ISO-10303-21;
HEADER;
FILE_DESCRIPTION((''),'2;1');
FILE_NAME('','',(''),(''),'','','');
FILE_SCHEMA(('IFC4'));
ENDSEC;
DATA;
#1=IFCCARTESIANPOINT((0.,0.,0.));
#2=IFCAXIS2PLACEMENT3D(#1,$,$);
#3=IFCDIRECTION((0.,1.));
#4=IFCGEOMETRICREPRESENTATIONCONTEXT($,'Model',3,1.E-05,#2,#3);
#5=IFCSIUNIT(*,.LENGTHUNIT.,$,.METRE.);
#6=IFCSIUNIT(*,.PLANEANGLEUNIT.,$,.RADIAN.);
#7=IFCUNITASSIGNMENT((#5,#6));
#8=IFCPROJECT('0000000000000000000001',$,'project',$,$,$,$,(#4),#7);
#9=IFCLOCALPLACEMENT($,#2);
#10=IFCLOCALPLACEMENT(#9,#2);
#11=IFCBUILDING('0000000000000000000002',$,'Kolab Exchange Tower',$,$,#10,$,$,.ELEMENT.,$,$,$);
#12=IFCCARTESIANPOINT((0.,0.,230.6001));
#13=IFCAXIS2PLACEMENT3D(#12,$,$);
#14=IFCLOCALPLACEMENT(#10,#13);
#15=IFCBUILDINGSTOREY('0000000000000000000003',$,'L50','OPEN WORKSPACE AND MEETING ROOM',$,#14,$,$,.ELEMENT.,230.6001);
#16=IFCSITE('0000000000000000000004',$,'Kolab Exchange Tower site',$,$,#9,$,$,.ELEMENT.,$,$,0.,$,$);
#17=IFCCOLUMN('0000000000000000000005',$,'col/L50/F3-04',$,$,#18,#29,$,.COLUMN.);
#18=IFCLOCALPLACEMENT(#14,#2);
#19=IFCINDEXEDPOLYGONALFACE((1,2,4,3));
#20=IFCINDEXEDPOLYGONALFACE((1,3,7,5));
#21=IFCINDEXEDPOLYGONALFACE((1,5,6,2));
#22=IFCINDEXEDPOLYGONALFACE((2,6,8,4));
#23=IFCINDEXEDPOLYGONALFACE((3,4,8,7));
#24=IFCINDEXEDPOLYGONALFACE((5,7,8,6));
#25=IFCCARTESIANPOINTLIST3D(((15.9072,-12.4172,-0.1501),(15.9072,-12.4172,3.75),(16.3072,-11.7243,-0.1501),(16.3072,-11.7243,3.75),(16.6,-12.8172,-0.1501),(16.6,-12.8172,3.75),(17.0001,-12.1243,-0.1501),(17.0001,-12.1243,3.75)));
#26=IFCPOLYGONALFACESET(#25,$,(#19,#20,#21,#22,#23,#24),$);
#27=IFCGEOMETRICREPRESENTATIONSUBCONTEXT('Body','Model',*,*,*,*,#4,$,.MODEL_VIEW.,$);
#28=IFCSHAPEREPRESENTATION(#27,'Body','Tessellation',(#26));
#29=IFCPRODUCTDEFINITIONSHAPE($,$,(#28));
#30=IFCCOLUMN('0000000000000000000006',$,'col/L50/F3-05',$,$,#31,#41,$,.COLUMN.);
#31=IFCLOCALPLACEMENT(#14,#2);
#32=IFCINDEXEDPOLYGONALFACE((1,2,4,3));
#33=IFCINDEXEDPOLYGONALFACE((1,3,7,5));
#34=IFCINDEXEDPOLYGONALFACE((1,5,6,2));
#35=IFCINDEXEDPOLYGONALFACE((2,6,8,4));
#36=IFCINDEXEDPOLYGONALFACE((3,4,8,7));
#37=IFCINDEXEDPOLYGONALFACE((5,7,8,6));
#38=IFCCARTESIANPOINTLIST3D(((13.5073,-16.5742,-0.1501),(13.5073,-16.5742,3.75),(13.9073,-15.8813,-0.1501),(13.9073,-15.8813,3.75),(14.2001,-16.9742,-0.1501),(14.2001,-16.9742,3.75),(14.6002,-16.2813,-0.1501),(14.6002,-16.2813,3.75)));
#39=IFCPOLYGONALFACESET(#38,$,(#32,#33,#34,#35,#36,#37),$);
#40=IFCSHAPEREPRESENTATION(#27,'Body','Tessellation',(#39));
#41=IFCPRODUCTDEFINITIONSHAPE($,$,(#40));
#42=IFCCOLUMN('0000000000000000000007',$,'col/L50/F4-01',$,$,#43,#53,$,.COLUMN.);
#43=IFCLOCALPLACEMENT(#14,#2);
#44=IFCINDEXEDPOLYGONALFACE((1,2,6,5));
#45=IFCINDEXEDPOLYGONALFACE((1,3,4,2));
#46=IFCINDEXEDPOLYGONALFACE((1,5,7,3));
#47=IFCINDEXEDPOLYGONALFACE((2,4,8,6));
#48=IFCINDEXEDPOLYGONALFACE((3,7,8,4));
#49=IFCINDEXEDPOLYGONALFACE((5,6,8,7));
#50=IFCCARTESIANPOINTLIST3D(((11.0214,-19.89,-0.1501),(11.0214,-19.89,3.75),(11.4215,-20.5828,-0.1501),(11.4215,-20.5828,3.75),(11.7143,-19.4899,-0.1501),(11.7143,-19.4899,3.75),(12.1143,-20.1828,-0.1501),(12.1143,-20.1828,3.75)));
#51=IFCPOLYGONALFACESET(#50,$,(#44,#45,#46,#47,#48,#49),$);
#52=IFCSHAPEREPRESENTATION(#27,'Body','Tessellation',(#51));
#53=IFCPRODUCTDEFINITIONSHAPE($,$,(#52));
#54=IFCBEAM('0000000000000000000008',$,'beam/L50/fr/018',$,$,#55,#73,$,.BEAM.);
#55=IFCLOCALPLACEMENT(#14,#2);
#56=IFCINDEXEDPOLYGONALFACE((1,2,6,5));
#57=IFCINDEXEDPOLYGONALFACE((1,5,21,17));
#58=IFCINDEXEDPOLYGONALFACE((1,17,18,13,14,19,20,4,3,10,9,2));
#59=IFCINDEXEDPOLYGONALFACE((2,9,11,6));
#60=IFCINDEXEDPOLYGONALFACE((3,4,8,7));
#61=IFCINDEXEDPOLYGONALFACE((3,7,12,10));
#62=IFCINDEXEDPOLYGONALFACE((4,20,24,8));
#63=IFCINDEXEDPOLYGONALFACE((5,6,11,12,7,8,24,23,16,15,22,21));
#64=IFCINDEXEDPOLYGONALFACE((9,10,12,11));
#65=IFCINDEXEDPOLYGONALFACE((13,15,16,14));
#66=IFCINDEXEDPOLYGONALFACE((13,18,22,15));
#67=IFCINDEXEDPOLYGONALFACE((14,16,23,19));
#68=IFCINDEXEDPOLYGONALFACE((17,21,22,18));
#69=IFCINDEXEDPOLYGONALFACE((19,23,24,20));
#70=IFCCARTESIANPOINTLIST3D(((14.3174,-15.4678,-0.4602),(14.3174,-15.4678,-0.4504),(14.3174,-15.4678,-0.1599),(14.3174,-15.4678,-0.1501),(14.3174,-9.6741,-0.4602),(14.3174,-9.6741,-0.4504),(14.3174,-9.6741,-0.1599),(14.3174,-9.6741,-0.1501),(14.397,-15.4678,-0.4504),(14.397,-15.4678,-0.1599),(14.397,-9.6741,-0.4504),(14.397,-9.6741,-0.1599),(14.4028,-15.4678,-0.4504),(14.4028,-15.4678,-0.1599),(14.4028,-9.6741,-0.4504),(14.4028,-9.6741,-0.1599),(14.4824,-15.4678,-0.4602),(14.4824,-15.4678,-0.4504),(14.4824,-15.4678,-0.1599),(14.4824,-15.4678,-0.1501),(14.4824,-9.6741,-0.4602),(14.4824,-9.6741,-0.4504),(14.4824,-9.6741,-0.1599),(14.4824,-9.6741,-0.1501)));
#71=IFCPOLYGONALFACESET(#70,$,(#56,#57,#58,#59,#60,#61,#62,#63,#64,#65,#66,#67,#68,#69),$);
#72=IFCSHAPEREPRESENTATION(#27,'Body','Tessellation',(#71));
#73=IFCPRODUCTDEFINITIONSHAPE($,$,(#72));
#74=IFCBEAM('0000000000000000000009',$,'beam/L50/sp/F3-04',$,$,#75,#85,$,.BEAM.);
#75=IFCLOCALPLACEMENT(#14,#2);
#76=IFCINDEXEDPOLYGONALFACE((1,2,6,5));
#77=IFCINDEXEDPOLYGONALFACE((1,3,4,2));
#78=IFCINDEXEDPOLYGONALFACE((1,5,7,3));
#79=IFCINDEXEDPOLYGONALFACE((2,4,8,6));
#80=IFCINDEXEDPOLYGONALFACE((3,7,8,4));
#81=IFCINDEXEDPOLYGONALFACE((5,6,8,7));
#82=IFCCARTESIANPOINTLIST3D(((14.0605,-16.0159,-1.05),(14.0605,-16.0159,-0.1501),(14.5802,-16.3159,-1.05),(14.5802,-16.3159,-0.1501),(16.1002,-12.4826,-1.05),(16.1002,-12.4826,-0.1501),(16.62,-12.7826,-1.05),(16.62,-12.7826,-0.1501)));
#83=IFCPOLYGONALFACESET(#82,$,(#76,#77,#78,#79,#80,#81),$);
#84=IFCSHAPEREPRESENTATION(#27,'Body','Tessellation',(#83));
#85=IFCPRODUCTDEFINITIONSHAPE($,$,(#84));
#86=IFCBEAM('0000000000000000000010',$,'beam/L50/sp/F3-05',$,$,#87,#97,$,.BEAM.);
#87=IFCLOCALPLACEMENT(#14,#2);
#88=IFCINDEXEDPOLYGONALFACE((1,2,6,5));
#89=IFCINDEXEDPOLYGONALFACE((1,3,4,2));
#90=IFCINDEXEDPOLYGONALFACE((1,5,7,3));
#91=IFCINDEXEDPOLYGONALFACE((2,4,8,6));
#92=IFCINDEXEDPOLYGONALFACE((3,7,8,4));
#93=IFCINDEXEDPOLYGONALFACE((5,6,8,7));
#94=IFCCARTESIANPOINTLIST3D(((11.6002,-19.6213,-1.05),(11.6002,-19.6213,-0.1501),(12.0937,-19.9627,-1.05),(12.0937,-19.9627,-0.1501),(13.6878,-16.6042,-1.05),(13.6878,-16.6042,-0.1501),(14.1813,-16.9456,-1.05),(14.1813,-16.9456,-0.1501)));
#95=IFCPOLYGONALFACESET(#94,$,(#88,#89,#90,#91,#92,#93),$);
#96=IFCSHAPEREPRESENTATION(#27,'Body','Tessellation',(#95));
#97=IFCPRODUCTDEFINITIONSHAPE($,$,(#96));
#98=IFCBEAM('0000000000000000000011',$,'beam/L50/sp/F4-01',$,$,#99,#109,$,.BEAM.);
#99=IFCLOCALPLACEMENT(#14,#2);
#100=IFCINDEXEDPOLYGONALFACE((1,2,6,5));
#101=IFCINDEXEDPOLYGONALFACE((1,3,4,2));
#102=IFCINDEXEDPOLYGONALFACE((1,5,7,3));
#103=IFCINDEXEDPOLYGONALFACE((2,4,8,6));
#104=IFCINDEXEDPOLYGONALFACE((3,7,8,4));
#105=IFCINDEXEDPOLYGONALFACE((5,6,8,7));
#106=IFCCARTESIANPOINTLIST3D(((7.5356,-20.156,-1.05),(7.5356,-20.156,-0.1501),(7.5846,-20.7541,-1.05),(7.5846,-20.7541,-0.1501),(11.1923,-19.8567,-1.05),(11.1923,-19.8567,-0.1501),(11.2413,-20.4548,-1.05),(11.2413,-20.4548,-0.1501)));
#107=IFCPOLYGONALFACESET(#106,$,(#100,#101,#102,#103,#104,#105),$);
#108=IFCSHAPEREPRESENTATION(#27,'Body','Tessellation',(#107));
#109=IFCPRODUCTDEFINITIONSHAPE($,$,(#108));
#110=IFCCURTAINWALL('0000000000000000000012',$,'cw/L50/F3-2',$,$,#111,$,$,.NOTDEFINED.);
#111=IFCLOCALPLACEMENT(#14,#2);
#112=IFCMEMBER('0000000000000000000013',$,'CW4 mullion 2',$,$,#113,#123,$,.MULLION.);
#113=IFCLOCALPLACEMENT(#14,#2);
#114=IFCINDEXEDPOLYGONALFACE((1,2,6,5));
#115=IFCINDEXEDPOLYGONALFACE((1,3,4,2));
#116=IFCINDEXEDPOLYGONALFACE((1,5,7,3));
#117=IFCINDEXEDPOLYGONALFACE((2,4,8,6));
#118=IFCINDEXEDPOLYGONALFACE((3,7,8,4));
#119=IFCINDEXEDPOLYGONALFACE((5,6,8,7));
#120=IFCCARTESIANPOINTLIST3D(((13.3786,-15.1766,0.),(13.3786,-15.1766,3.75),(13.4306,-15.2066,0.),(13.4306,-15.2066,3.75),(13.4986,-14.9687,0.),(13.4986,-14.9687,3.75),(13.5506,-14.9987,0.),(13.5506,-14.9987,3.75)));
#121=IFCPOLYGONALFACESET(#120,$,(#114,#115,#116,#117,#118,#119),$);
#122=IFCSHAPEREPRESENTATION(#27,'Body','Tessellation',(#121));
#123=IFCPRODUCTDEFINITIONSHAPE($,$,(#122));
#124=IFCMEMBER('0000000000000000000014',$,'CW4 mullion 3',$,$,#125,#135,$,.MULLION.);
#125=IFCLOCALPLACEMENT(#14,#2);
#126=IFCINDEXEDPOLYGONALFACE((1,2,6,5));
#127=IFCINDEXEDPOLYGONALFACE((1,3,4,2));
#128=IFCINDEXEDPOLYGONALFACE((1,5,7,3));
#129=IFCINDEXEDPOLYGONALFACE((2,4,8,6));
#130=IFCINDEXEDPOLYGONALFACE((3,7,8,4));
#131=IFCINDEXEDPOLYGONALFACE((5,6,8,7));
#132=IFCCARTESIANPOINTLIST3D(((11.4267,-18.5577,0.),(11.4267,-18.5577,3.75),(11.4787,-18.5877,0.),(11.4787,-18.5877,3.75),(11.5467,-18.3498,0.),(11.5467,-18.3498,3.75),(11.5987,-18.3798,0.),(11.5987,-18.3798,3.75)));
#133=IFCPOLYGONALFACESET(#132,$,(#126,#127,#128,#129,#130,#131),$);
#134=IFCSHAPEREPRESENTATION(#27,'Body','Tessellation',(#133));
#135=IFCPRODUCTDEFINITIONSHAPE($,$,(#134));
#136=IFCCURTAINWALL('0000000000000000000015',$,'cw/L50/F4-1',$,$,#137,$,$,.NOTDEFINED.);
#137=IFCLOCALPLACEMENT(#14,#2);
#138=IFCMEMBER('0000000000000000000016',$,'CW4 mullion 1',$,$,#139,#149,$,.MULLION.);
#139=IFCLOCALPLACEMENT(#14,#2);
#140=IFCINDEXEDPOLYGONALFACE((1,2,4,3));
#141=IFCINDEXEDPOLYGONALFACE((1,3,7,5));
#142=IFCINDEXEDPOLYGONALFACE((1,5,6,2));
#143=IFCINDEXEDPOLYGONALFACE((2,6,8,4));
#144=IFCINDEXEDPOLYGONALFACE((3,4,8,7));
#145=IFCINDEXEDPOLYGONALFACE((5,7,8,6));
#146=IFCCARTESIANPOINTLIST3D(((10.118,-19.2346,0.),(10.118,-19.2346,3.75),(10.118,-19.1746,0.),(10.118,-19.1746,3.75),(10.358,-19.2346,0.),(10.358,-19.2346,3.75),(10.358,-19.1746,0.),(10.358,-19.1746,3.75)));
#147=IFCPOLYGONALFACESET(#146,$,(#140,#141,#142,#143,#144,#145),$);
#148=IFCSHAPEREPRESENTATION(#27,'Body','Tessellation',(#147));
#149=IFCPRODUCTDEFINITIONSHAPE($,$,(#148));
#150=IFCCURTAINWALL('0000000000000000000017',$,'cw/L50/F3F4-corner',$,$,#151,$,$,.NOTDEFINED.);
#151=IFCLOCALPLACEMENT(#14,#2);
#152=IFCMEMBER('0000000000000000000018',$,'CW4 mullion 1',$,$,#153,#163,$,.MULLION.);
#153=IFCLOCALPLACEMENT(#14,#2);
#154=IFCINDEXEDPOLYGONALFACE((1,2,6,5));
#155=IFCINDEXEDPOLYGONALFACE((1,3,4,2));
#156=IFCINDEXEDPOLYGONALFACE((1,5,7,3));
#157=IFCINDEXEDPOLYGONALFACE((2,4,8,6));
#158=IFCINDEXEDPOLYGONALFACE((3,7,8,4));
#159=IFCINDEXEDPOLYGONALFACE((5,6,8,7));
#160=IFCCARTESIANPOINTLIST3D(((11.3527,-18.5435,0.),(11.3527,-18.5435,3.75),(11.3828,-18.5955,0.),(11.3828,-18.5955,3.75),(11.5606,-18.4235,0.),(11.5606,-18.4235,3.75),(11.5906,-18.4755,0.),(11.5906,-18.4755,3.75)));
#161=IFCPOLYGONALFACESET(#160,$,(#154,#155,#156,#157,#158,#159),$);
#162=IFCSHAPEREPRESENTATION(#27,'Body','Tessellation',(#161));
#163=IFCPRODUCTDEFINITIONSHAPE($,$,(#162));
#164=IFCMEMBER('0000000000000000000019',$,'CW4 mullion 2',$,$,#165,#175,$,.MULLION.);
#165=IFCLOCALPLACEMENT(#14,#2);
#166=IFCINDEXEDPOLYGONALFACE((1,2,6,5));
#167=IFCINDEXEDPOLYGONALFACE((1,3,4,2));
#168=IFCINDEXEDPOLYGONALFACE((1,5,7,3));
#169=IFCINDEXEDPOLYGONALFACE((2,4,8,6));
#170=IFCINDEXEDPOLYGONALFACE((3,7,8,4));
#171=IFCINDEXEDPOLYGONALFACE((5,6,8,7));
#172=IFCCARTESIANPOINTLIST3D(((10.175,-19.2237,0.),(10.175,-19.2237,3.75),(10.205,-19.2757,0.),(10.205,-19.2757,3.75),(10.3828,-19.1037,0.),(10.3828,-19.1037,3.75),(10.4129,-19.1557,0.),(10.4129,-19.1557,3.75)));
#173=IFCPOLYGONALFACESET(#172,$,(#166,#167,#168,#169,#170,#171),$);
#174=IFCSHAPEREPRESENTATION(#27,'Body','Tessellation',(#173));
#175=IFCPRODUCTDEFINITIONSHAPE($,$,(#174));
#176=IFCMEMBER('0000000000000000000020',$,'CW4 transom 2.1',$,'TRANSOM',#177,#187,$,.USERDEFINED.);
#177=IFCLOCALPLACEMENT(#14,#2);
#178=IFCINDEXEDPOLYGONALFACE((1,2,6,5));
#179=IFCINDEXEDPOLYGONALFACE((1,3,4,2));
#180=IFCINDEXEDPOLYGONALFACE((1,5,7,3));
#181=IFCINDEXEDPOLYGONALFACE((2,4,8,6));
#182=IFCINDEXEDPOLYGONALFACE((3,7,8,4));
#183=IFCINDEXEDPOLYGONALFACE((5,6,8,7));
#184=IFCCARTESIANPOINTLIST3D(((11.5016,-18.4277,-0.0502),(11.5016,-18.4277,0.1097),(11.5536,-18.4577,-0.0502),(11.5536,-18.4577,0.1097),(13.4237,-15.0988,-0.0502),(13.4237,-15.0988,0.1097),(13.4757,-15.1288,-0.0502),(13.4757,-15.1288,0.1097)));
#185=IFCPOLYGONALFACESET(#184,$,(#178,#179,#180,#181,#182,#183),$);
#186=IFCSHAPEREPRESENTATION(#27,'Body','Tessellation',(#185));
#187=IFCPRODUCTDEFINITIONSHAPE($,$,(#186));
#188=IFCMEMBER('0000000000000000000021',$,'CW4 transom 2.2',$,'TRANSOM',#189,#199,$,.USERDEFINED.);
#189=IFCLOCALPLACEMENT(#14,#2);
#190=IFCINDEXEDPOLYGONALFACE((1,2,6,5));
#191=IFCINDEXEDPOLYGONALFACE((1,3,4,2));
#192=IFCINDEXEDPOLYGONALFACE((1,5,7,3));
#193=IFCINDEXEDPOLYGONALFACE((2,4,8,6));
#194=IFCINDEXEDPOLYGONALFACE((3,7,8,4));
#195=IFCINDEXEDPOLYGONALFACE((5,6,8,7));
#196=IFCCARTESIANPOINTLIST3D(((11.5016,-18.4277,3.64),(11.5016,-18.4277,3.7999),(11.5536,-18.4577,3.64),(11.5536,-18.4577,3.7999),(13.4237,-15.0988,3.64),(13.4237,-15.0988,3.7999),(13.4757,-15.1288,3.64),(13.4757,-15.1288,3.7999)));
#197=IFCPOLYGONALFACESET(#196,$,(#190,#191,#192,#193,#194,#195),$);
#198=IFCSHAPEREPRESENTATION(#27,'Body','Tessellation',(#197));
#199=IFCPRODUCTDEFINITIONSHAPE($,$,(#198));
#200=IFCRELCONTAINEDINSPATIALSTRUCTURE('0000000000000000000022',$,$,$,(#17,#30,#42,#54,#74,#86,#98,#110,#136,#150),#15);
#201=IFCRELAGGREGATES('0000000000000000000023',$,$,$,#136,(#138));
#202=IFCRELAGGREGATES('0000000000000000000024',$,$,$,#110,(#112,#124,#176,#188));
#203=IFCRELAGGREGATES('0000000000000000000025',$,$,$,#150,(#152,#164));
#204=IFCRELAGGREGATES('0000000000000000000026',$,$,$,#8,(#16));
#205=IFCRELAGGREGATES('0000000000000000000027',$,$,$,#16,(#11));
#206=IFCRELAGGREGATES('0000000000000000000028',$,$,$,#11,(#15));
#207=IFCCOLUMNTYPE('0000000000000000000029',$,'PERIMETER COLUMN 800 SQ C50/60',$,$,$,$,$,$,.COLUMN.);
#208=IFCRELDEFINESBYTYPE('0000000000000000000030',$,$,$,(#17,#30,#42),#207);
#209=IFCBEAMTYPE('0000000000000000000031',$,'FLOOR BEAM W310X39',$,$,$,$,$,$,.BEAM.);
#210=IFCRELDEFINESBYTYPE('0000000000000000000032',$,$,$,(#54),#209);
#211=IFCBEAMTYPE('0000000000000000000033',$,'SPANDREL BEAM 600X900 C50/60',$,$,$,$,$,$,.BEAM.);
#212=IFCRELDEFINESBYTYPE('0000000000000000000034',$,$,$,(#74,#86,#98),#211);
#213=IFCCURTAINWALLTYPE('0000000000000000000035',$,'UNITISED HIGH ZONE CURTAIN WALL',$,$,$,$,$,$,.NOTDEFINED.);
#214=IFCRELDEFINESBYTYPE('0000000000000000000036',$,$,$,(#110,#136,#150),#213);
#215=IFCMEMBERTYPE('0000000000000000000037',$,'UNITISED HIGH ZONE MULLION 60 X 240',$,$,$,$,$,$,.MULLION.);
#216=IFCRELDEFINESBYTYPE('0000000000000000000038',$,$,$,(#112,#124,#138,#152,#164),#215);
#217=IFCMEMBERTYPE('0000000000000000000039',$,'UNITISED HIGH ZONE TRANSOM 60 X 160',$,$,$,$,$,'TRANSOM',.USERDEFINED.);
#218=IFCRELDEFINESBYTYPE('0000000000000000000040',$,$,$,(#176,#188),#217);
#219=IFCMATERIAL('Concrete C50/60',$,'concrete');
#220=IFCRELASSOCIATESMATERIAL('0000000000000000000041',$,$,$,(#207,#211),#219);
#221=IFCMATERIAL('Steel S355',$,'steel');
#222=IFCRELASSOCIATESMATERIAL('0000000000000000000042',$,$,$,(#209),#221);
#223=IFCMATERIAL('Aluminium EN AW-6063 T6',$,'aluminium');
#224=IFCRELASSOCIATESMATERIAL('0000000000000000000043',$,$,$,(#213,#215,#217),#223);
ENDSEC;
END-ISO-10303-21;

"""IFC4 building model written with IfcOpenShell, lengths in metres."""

from ifc_helpers import new_model, si_unit, direction, frame, origin, origin_2d, place, context, subcontext, project, spatial, rectangle, i_section, extrude, material, material_profile, profile_set, type_object, element, aggregate, save


model = new_model("IFC4")

# Units and contexts
model_context = context("Model", 3, precision=1e-05, world=origin(), true_north=direction((0.0, 1.0)))
body_context = subcontext(model_context, "Body", "Model", "MODEL_VIEW")
ifc_project = project(units=[si_unit("LENGTHUNIT", "METRE"), si_unit("PLANEANGLEUNIT", "RADIAN")], contexts=[model_context])

# Site, building, storey
site_placement = place(None, origin())
site = spatial("IfcSite", under=ifc_project, at=site_placement, Name="Kolab Exchange Tower site", CompositionType="ELEMENT", RefElevation=0.0)
building_placement = place(site_placement, origin())
building = spatial("IfcBuilding", under=site, at=building_placement, Name="Kolab Exchange Tower", CompositionType="ELEMENT")
storey_placement = place(building_placement, frame((0.0, 0.0, 230.6001)))
storey = spatial("IfcBuildingStorey", under=building, at=storey_placement, Name="L50", Description="OPEN WORKSPACE AND MEETING ROOM", CompositionType="ELEMENT", Elevation=230.6001)

# Columns
ifc_material_1 = material(Name="Concrete C50/60", Category="concrete")
ifc_material_profile_1 = material_profile(ifc_material_1, rectangle(XDim=0.8, YDim=0.8, at=origin_2d()), Name="RC800")
ifc_profile_set_1 = profile_set([ifc_material_profile_1], Name="Concrete C50/60")
column_type = type_object("IfcColumnType", Name="PERIMETER COLUMN 800 SQ C50/60", PredefinedType="COLUMN", material=ifc_profile_set_1)
for number, where, z_axis, x_axis, name in (
    (1, (16.4536, -12.2708, -0.1501), (0.0, 0.0, 1.0), (0.5, 0.866025, 0.0), "col/L50/F3-04"),
    (2, (14.0537, -16.4277, -0.1501), (0.0, 0.0, 1.0), (0.5, 0.866025, 0.0), "col/L50/F3-05"),
    (3, (11.5679, -20.0364, -0.1501), (0.0, 0.0, 1.0), (0.866025, 0.5, 0.0), "col/L50/F4-01"),
):
    element("IfcColumn", number, at=place(storey_placement, frame(where, z_axis=z_axis, x_axis=x_axis)), inside=storey, type_object=column_type, Name=name, PredefinedType="COLUMN", context=body_context, shape_type="SweptSolid", body=[
        extrude(rectangle(XDim=0.8, YDim=0.8, at=origin_2d()), origin(), (0.0, 0.0, 1.0), 3.9001),
    ])

# Beams
ifc_material_2 = material(Name="Steel S355", Category="steel")
ifc_material_profile_2 = material_profile(ifc_material_2, i_section(OverallWidth=0.165, OverallDepth=0.3101, WebThickness=0.0059, FlangeThickness=0.0098, at=origin_2d()), Name="W310X39")
ifc_profile_set_2 = profile_set([ifc_material_profile_2], Name="Steel S355")
beam_type_1 = type_object("IfcBeamType", Name="FLOOR BEAM W310X39", PredefinedType="BEAM", material=ifc_profile_set_2)
beam_1_placement = place(storey_placement, frame((14.3999, -15.4678, -0.3052), z_axis=(0.0, 1.0, 0.0), x_axis=(-1.0, 0.0, 0.0)))
element("IfcBeam", 4, at=beam_1_placement, inside=storey, type_object=beam_type_1, Name="beam/L50/fr/018", PredefinedType="BEAM", context=body_context, shape_type="SweptSolid", body=[
    extrude(i_section(OverallWidth=0.165, OverallDepth=0.3101, WebThickness=0.0059, FlangeThickness=0.0098, at=origin_2d()), origin(), (0.0, 0.0, 1.0), 5.7937),
])
ifc_material_profile_3 = material_profile(ifc_material_1, rectangle(XDim=0.6001, YDim=0.8999, at=origin_2d()), Name="RC600X900")
ifc_profile_set_3 = profile_set([ifc_material_profile_3], Name="Concrete C50/60")
beam_type_2 = type_object("IfcBeamType", Name="SPANDREL BEAM 600X900 C50/60", PredefinedType="BEAM", material=ifc_profile_set_3)
beam_2_placement = place(storey_placement, frame((16.3601, -12.6326, -0.6001), z_axis=(-0.499956, -0.866051, 0.0), x_axis=(0.866051, -0.499956, 0.0)))
element("IfcBeam", 5, at=beam_2_placement, inside=storey, type_object=beam_type_2, Name="beam/L50/sp/F3-04", PredefinedType="BEAM", context=body_context, shape_type="SweptSolid", body=[
    extrude(rectangle(XDim=0.6001, YDim=0.8999, at=origin_2d()), origin(), (0.0, 0.0, 1.0), 4.0798),
])
for number, where, z_axis, x_axis, name in (
    (6, (13.9346, -16.7749, -0.6001), (-0.569006, -0.822334, 0.0), (0.822334, -0.569006, 0.0), "beam/L50/sp/F3-05"),
    (7, (11.2168, -20.1558, -0.6001), (-0.996667, -0.081581, 0.0), (0.081581, -0.996667, 0.0), "beam/L50/sp/F4-01"),
):
    element("IfcBeam", number, at=place(storey_placement, frame(where, z_axis=z_axis, x_axis=x_axis)), inside=storey, type_object=beam_type_2, Name=name, PredefinedType="BEAM", context=body_context, shape_type="SweptSolid", body=[
        extrude(rectangle(XDim=0.6001, YDim=0.8999, at=origin_2d()), origin(), (0.0, 0.0, 1.0), 3.6689),
    ])

# Curtain wall, members
ifc_material_3 = material(Name="Aluminium EN AW-6063 T6", Category="aluminium")
curtain_wall_type = type_object("IfcCurtainWallType", Name="UNITISED HIGH ZONE CURTAIN WALL", PredefinedType="NOTDEFINED", material=ifc_material_3)
curtain_wall_1_placement = place(storey_placement, origin())
curtain_wall_1 = element("IfcCurtainWall", 8, at=curtain_wall_1_placement, inside=storey, type_object=curtain_wall_type, Name="cw/L50/F3-2", PredefinedType="NOTDEFINED")
ifc_material_profile_4 = material_profile(ifc_material_3, rectangle(XDim=0.0601, YDim=0.24, at=origin_2d()), Name="RECT 60X240")
ifc_profile_set_4 = profile_set([ifc_material_profile_4], Name="Aluminium EN AW-6063 T6")
member_type_1 = type_object("IfcMemberType", Name="UNITISED HIGH ZONE MULLION 60 X 240", PredefinedType="MULLION", material=ifc_profile_set_4)
member_1_placement = place(storey_placement, frame((13.4646, -15.0876, 0.0), z_axis=(0.0, 0.0, 1.0), x_axis=(0.866025, -0.5, 0.0)))
member_1 = element("IfcMember", 9, at=member_1_placement, type_object=member_type_1, Name="CW4 mullion 2", PredefinedType="MULLION", context=body_context, shape_type="SweptSolid", body=[
    extrude(rectangle(XDim=0.0601, YDim=0.24, at=origin_2d()), origin(), (0.0, 0.0, 1.0), 3.75),
])
member_2_placement = place(storey_placement, frame((11.5127, -18.4688, 0.0), z_axis=(0.0, 0.0, 1.0), x_axis=(0.866025, -0.5, 0.0)))
member_2 = element("IfcMember", 10, at=member_2_placement, type_object=member_type_1, Name="CW4 mullion 3", PredefinedType="MULLION", context=body_context, shape_type="SweptSolid", body=[
    extrude(rectangle(XDim=0.0601, YDim=0.24, at=origin_2d()), origin(), (0.0, 0.0, 1.0), 3.75),
])

# Curtain wall, member
curtain_wall_2_placement = place(storey_placement, origin())
curtain_wall_2 = element("IfcCurtainWall", 11, at=curtain_wall_2_placement, inside=storey, type_object=curtain_wall_type, Name="cw/L50/F4-1", PredefinedType="NOTDEFINED")
member_3_placement = place(storey_placement, frame((10.238, -19.2046, 0.0), z_axis=(0.0, 0.0, 1.0), x_axis=(0.0, -1.0, 0.0)))
member_3 = element("IfcMember", 12, at=member_3_placement, type_object=member_type_1, Name="CW4 mullion 1", PredefinedType="MULLION", context=body_context, shape_type="SweptSolid", body=[
    extrude(rectangle(XDim=0.0601, YDim=0.24, at=origin_2d()), origin(), (0.0, 0.0, 1.0), 3.75),
])

# Curtain wall, members
curtain_wall_3_placement = place(storey_placement, origin())
curtain_wall_3 = element("IfcCurtainWall", 13, at=curtain_wall_3_placement, inside=storey, type_object=curtain_wall_type, Name="cw/L50/F3F4-corner", PredefinedType="NOTDEFINED")
member_4_placement = place(storey_placement, frame((11.4717, -18.5095, 0.0), z_axis=(0.0, 0.0, 1.0), x_axis=(0.5, -0.866025, 0.0)))
member_4 = element("IfcMember", 14, at=member_4_placement, type_object=member_type_1, Name="CW4 mullion 1", PredefinedType="MULLION", context=body_context, shape_type="SweptSolid", body=[
    extrude(rectangle(XDim=0.0601, YDim=0.24, at=origin_2d()), origin(), (0.0, 0.0, 1.0), 3.75),
])
member_5_placement = place(storey_placement, frame((10.2939, -19.1897, 0.0), z_axis=(0.0, 0.0, 1.0), x_axis=(0.5, -0.866025, 0.0)))
member_5 = element("IfcMember", 15, at=member_5_placement, type_object=member_type_1, Name="CW4 mullion 2", PredefinedType="MULLION", context=body_context, shape_type="SweptSolid", body=[
    extrude(rectangle(XDim=0.0601, YDim=0.24, at=origin_2d()), origin(), (0.0, 0.0, 1.0), 3.75),
])

# Members
ifc_material_profile_5 = material_profile(ifc_material_3, rectangle(XDim=0.0601, YDim=0.1599, at=origin_2d()), Name="RECT 60X160")
ifc_profile_set_5 = profile_set([ifc_material_profile_5], Name="Aluminium EN AW-6063 T6")
member_type_2 = type_object("IfcMemberType", Name="UNITISED HIGH ZONE TRANSOM 60 X 160", ElementType="TRANSOM", PredefinedType="USERDEFINED", material=ifc_profile_set_5)
member_6_placement = place(storey_placement, frame((13.4497, -15.1138, 0.0298), z_axis=(-0.500039, -0.866003, 0.0), x_axis=(0.866003, -0.500039, 0.0)))
member_6 = element("IfcMember", 16, at=member_6_placement, type_object=member_type_2, Name="CW4 transom 2.1", ObjectType="TRANSOM", PredefinedType="USERDEFINED", context=body_context, shape_type="SweptSolid", body=[
    extrude(rectangle(XDim=0.0601, YDim=0.1599, at=origin_2d()), origin(), (0.0, 0.0, 1.0), 3.844),
])
member_7_placement = place(storey_placement, frame((13.4497, -15.1138, 3.72), z_axis=(-0.500039, -0.866003, 0.0), x_axis=(0.866003, -0.500039, 0.0)))
member_7 = element("IfcMember", 17, at=member_7_placement, type_object=member_type_2, Name="CW4 transom 2.2", ObjectType="TRANSOM", PredefinedType="USERDEFINED", context=body_context, shape_type="SweptSolid", body=[
    extrude(rectangle(XDim=0.0601, YDim=0.1599, at=origin_2d()), origin(), (0.0, 0.0, 1.0), 3.844),
])
aggregate(curtain_wall_2, [member_3])

aggregate(curtain_wall_1, [member_1, member_2, member_6, member_7])
aggregate(curtain_wall_3, [member_4, member_5])

save(model, "model.ifc")
